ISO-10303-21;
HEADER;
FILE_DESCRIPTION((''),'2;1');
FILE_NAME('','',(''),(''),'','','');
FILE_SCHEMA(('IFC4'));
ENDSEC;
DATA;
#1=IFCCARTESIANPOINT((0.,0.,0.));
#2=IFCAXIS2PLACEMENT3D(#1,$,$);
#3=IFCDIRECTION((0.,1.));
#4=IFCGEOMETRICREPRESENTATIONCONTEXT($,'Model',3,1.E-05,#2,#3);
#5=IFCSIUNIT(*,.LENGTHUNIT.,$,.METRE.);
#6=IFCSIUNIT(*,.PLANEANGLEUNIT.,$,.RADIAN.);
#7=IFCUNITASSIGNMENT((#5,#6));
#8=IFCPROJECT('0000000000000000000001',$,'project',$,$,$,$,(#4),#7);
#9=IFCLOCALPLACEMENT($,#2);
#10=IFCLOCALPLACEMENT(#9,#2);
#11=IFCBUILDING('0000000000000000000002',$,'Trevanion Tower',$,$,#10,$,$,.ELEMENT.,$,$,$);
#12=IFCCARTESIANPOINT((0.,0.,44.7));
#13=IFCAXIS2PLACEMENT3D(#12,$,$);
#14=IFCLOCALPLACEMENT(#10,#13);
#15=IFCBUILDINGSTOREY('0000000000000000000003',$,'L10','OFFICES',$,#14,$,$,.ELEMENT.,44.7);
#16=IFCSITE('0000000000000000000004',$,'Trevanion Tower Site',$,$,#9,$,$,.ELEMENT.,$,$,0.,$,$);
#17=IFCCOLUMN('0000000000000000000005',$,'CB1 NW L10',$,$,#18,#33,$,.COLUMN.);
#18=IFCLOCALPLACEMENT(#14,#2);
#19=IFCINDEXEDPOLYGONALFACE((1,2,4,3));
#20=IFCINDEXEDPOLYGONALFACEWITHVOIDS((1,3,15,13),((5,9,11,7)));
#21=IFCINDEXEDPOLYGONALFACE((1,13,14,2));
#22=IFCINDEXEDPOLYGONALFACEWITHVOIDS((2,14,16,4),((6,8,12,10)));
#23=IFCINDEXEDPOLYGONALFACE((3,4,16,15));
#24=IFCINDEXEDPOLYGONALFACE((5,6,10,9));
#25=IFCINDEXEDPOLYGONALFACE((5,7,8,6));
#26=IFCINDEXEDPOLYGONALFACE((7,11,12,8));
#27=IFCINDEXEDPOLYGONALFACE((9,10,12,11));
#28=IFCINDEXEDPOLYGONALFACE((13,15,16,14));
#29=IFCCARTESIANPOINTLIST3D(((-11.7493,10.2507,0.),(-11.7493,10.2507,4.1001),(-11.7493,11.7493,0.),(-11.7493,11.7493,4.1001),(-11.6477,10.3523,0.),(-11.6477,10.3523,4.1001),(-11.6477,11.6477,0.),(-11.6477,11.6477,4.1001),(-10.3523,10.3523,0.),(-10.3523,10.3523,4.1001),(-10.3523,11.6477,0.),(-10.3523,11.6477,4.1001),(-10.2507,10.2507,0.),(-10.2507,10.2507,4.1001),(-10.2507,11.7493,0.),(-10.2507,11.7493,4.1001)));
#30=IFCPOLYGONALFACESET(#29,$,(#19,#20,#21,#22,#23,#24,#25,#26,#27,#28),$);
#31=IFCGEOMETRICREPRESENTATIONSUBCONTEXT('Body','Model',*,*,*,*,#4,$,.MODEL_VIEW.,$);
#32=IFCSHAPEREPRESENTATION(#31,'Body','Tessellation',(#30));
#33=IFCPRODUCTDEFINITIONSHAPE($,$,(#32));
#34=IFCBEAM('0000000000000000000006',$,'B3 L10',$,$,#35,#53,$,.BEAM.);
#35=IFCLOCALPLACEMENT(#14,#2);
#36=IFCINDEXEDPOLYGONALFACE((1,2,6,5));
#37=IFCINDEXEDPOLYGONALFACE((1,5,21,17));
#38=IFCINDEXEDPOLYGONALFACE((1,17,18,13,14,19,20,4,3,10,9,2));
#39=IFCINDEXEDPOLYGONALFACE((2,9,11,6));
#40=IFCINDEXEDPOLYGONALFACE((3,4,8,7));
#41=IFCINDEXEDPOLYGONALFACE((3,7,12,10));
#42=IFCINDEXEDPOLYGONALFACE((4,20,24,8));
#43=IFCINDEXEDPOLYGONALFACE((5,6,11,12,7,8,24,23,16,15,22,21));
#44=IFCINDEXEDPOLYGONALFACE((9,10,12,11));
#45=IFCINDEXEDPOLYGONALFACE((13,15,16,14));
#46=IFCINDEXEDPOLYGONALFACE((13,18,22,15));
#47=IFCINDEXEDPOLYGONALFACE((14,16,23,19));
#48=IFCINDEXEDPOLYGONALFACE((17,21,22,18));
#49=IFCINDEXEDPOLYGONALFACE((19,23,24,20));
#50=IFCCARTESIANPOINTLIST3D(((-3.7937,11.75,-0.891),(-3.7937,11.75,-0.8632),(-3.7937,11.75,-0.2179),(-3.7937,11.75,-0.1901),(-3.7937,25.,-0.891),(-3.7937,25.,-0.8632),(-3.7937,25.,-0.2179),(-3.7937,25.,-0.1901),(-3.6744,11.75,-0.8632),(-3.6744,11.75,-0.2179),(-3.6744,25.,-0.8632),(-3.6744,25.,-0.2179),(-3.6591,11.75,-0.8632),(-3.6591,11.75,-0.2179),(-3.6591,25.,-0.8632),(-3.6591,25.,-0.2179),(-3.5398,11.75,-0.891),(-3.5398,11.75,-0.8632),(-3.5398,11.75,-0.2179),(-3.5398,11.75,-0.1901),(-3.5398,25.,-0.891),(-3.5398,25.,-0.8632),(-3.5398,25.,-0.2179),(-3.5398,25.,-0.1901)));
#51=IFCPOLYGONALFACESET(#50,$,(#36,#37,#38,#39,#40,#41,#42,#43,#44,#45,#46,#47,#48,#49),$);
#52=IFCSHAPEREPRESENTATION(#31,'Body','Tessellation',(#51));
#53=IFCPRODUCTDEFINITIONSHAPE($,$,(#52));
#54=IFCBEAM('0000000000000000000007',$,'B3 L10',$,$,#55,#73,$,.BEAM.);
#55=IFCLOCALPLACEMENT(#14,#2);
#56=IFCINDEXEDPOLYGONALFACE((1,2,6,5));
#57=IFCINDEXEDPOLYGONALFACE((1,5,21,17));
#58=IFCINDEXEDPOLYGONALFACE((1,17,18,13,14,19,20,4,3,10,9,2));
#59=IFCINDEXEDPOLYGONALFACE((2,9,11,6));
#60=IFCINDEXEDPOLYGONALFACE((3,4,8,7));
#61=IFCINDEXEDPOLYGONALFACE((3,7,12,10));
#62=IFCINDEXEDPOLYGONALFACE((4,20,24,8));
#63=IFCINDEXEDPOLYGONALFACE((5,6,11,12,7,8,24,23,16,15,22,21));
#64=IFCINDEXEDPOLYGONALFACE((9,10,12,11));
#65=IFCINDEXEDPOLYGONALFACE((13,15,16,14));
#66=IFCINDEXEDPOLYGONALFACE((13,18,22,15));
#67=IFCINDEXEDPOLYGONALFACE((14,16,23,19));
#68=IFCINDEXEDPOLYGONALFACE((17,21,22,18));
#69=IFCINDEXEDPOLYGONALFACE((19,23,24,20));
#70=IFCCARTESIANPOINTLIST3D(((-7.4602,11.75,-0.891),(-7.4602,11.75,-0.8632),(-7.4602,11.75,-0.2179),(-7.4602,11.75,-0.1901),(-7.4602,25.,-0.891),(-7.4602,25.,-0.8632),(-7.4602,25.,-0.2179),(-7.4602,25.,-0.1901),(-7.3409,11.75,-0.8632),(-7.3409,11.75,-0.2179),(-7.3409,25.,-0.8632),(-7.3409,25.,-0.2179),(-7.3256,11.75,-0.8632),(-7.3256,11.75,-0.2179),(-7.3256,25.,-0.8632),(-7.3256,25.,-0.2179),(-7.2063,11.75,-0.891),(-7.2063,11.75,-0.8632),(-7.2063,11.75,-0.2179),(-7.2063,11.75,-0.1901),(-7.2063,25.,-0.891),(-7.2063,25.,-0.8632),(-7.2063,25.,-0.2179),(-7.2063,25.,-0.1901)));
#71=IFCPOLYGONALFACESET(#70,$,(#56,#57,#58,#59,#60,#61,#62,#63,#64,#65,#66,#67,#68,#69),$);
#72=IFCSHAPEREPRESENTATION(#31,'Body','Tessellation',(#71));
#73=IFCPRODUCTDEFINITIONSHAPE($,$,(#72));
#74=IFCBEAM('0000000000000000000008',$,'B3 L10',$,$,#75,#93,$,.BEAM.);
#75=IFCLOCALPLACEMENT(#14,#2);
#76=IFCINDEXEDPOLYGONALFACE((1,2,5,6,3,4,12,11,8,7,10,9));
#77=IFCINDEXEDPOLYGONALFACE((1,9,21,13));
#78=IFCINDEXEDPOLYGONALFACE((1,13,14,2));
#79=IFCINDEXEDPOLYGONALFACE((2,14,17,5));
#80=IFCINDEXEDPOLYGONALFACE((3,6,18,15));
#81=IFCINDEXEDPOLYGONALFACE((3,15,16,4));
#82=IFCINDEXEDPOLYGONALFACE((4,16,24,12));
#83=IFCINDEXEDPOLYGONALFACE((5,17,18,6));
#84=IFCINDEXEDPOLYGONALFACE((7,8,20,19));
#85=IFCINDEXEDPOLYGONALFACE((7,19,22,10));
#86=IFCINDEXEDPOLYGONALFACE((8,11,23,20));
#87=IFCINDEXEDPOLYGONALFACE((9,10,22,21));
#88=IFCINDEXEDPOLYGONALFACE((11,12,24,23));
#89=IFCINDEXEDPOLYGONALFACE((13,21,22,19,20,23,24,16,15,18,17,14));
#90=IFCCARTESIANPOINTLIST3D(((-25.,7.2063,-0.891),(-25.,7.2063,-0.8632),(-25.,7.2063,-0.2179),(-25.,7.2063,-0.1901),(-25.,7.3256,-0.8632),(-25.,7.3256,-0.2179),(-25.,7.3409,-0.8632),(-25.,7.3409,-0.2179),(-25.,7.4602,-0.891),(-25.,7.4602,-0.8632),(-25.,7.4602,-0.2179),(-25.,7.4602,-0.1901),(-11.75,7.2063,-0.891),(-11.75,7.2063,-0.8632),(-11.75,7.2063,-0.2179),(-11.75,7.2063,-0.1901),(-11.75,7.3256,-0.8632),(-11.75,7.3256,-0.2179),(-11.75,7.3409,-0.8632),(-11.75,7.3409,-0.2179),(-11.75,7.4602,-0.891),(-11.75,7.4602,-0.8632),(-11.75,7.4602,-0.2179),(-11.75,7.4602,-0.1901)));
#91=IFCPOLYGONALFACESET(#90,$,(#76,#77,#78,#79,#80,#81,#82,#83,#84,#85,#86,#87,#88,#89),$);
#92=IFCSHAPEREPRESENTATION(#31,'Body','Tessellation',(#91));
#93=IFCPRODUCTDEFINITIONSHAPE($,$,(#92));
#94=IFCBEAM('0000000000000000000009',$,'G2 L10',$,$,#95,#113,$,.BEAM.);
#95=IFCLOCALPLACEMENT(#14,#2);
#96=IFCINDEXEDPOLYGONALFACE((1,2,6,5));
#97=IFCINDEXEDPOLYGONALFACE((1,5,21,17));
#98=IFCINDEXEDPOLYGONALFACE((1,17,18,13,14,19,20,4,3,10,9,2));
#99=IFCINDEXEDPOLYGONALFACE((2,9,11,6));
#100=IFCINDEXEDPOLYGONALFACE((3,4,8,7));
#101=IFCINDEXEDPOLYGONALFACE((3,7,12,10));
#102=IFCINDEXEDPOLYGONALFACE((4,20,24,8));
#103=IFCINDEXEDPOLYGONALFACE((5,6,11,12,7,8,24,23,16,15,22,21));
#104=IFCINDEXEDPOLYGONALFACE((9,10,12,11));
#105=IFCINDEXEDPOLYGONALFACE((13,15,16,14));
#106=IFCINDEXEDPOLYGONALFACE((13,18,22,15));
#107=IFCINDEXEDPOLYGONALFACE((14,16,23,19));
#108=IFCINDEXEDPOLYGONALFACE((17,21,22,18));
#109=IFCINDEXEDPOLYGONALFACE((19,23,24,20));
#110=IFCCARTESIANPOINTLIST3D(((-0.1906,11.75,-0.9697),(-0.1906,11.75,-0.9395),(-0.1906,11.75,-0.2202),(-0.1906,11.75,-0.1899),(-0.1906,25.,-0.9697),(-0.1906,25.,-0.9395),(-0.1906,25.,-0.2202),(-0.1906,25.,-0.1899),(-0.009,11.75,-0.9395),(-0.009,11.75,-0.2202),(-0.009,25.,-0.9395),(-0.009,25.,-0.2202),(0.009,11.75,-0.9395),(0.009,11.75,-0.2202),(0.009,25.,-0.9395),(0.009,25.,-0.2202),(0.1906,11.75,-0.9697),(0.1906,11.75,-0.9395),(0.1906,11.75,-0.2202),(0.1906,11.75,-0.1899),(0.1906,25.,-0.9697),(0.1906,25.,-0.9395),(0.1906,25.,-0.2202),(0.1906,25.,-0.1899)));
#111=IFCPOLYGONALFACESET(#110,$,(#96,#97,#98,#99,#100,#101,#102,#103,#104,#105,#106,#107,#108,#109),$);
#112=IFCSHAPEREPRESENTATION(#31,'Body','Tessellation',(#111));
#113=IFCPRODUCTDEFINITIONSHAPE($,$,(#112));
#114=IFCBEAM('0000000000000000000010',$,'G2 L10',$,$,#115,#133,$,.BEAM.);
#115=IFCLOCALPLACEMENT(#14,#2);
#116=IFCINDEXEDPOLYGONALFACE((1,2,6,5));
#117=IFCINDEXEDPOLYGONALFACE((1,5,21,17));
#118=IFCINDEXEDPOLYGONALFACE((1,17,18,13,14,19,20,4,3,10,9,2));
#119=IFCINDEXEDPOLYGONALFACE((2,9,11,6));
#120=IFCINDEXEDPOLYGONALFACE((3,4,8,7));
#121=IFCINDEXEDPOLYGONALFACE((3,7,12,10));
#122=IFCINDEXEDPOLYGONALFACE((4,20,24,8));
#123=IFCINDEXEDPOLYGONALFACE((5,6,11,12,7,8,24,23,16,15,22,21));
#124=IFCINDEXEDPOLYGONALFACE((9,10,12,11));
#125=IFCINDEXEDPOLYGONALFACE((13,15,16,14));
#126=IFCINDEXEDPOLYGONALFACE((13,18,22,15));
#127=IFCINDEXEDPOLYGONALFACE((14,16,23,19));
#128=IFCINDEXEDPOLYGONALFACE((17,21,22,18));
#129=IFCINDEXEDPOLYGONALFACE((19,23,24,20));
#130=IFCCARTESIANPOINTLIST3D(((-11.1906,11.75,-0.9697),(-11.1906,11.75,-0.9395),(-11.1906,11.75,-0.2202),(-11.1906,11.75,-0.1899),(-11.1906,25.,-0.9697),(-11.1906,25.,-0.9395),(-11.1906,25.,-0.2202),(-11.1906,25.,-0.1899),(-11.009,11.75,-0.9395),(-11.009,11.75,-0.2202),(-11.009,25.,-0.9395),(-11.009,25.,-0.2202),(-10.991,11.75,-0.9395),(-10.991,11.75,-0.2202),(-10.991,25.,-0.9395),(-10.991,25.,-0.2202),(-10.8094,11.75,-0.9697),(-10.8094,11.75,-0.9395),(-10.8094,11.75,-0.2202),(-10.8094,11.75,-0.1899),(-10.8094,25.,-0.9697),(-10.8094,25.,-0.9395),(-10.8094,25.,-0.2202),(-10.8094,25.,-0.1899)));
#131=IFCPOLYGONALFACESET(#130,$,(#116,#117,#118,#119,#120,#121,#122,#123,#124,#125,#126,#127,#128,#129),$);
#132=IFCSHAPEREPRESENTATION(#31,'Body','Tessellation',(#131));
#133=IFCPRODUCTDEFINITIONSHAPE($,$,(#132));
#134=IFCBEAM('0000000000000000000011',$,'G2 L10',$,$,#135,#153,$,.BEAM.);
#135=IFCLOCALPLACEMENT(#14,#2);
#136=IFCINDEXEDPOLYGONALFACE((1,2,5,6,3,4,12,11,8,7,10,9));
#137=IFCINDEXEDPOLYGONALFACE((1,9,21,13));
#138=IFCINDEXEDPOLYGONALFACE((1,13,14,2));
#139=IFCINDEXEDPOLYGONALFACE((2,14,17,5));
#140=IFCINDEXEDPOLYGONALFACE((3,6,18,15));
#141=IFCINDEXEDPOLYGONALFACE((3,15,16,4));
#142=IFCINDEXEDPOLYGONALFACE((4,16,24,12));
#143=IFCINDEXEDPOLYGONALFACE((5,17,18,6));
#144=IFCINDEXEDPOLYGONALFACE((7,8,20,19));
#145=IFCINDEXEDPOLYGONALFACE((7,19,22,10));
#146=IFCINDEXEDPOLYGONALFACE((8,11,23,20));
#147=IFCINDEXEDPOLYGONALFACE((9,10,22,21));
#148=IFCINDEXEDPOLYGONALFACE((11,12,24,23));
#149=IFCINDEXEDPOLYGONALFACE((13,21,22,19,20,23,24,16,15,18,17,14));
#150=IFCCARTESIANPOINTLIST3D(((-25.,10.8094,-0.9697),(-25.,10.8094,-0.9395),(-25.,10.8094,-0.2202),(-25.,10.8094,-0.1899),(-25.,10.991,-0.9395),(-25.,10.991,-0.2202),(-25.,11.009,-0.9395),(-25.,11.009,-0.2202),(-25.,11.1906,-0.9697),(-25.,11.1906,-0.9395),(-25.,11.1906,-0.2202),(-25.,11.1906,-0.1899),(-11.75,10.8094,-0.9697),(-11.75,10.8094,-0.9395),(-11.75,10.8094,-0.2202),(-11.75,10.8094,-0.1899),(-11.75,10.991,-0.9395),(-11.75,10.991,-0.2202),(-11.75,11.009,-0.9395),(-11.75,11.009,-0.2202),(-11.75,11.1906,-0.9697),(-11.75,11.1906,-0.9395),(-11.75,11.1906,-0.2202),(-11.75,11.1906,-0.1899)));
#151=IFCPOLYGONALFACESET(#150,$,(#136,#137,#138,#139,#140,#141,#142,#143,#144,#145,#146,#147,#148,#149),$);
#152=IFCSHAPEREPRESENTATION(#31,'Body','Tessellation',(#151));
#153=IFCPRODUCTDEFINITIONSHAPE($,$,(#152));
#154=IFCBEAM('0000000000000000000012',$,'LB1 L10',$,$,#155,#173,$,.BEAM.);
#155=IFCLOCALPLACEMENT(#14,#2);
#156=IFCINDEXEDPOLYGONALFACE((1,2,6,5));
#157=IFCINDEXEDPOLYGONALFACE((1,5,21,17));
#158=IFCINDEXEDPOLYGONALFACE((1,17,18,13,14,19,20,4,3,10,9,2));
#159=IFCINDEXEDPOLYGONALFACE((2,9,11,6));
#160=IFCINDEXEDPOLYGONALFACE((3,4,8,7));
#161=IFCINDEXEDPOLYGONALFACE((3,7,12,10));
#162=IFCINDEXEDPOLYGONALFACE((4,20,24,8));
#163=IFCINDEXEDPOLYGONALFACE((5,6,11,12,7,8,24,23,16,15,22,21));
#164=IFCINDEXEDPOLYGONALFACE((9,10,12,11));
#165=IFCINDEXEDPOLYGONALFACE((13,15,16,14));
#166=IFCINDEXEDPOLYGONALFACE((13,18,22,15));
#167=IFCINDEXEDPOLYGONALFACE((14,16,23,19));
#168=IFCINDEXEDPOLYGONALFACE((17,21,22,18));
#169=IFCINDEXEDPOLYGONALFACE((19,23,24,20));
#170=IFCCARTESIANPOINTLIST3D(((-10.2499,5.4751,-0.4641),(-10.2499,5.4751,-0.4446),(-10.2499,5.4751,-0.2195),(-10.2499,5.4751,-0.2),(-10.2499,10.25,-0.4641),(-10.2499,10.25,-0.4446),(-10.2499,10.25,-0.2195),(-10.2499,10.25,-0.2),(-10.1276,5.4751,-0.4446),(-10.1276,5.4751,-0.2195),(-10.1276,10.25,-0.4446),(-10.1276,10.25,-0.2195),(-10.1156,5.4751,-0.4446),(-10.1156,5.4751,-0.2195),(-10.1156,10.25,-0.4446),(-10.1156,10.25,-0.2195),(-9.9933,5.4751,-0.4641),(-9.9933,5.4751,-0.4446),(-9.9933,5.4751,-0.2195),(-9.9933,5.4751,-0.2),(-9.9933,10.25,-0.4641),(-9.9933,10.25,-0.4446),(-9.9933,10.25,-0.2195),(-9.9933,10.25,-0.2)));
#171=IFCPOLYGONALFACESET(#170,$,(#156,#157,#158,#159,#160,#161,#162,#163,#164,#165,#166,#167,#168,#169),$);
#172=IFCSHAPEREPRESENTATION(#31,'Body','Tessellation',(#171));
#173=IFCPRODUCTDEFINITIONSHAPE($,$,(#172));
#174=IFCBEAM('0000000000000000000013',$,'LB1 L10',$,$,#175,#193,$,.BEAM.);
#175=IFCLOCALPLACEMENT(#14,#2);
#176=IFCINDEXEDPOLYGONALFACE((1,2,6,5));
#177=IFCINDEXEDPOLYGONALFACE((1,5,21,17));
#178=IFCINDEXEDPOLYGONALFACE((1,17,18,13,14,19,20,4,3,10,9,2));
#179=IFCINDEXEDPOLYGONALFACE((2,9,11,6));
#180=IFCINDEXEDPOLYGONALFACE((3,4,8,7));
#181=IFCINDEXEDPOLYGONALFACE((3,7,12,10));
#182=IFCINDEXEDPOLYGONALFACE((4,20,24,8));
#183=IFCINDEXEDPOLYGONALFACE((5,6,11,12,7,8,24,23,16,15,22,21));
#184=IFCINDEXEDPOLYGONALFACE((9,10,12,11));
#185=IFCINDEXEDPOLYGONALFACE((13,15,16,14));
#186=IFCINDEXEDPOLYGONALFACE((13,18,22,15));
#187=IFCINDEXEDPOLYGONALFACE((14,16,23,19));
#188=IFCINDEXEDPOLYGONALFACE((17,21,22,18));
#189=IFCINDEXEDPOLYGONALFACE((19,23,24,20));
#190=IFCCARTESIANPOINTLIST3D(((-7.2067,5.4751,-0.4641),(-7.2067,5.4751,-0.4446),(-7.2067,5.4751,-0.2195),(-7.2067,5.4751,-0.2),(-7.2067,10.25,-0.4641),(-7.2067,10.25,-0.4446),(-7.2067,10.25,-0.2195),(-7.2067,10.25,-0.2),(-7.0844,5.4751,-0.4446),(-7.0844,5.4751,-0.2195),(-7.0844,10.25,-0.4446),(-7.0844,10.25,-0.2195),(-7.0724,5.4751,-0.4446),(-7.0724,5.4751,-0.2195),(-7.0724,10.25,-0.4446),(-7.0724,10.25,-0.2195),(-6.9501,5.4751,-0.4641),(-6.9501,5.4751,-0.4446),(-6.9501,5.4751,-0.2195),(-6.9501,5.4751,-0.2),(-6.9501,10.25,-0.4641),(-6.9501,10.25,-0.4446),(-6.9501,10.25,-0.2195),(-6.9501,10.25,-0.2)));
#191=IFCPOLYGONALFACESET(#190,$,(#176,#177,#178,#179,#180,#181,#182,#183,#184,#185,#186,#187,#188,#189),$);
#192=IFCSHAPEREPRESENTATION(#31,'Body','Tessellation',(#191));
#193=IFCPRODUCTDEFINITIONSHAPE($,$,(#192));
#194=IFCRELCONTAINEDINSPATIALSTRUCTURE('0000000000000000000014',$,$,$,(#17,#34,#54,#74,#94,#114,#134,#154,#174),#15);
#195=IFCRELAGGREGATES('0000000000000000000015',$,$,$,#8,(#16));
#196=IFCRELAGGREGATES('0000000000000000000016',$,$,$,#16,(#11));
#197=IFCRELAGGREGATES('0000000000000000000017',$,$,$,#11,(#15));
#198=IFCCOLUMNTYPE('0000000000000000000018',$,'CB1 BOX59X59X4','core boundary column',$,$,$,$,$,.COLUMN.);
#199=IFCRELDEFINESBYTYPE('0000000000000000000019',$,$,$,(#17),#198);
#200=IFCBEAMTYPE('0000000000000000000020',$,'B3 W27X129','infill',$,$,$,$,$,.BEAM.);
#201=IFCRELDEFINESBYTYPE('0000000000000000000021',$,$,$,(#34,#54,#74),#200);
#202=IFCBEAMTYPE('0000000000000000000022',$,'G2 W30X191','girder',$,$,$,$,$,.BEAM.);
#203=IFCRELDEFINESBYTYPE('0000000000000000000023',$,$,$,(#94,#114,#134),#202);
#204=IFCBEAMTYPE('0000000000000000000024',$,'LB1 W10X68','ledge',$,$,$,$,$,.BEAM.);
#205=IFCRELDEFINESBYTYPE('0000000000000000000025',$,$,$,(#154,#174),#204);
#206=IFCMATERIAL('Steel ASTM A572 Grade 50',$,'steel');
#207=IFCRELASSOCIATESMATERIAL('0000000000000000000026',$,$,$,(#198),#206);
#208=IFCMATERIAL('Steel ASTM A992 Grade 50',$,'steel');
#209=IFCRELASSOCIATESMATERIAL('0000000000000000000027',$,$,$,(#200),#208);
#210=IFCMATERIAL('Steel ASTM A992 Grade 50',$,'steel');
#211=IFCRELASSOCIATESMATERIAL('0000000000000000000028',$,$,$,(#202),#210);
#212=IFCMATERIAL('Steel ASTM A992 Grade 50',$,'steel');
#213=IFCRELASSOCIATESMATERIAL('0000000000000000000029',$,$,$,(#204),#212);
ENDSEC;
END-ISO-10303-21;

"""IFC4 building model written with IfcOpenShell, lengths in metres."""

from ifc_helpers import new_model, si_unit, direction, frame, origin, origin_2d, place, context, subcontext, project, spatial, hollow_rectangle, i_section, extrude, material, material_profile, profile_set, type_object, element, save


model = new_model("IFC4")

# Units and contexts
model_context = context("Model", 3, precision=1e-05, world=origin(), true_north=direction((0.0, 1.0)))
body_context = subcontext(model_context, "Body", "Model", "MODEL_VIEW")
ifc_project = project(units=[si_unit("LENGTHUNIT", "METRE"), si_unit("PLANEANGLEUNIT", "RADIAN")], contexts=[model_context])

# Site, building, storey
site_placement = place(None, origin())
site = spatial("IfcSite", under=ifc_project, at=site_placement, Name="Trevanion Tower Site", CompositionType="ELEMENT", RefElevation=0.0)
building_placement = place(site_placement, origin())
building = spatial("IfcBuilding", under=site, at=building_placement, Name="Trevanion Tower", CompositionType="ELEMENT")
storey_placement = place(building_placement, frame((0.0, 0.0, 44.7)))
storey = spatial("IfcBuildingStorey", under=building, at=storey_placement, Name="L10", Description="OFFICES", CompositionType="ELEMENT", Elevation=44.7)

# Column
ifc_material_1 = material(Name="Steel ASTM A572 Grade 50", Category="steel")
ifc_material_profile_1 = material_profile(ifc_material_1, hollow_rectangle(XDim=1.4985, YDim=1.4985, WallThickness=0.1016, at=origin_2d()), Name="BOX59X59X4")
ifc_profile_set_1 = profile_set([ifc_material_profile_1], Name="Steel ASTM A572 Grade 50")
column_type = type_object("IfcColumnType", Name="CB1 BOX59X59X4", Description="core boundary column", PredefinedType="COLUMN", material=ifc_profile_set_1)
column_placement = place(storey_placement, frame((-11.0, 11.0, 0.0), z_axis=(0.0, 0.0, 1.0), x_axis=(1.0, 0.0, 0.0)))
element("IfcColumn", 1, at=column_placement, inside=storey, type_object=column_type, Name="CB1 NW L10", PredefinedType="COLUMN", context=body_context, shape_type="SweptSolid", body=[
    extrude(hollow_rectangle(XDim=1.4985, YDim=1.4985, WallThickness=0.1016, at=origin_2d()), origin(), (0.0, 0.0, 1.0), 4.1001),
])

# Beams
ifc_material_2 = material(Name="Steel ASTM A992 Grade 50", Category="steel")
ifc_material_profile_2 = material_profile(ifc_material_2, i_section(OverallWidth=0.2539, OverallDepth=0.7009, WebThickness=0.0154, FlangeThickness=0.0278, at=origin_2d()), Name="W27X129")
ifc_profile_set_2 = profile_set([ifc_material_profile_2], Name="Steel ASTM A992 Grade 50")
beam_type_1 = type_object("IfcBeamType", Name="B3 W27X129", Description="infill", PredefinedType="BEAM", material=ifc_profile_set_2)
for number, where, z_axis, x_axis, name in (
    (2, (-3.6667, 11.75, -0.5405), (0.0, 1.0, 0.0), (-1.0, 0.0, 0.0), "B3 L10"),
    (3, (-7.3333, 11.75, -0.5405), (0.0, 1.0, 0.0), (-1.0, 0.0, 0.0), "B3 L10"),
    (4, (-11.75, 7.3333, -0.5405), (-1.0, 0.0, 0.0), (0.0, -1.0, 0.0), "B3 L10"),
):
    element("IfcBeam", number, at=place(storey_placement, frame(where, z_axis=z_axis, x_axis=x_axis)), inside=storey, type_object=beam_type_1, Name=name, PredefinedType="BEAM", context=body_context, shape_type="SweptSolid", body=[
        extrude(i_section(OverallWidth=0.2539, OverallDepth=0.7009, WebThickness=0.0154, FlangeThickness=0.0278, at=origin_2d()), origin(), (0.0, 0.0, 1.0), 13.25),
    ])
ifc_material_3 = material(Name="Steel ASTM A992 Grade 50", Category="steel")
ifc_material_profile_3 = material_profile(ifc_material_3, i_section(OverallWidth=0.3811, OverallDepth=0.7798, WebThickness=0.0181, FlangeThickness=0.0303, at=origin_2d()), Name="W30X191")
ifc_profile_set_3 = profile_set([ifc_material_profile_3], Name="Steel ASTM A992 Grade 50")
beam_type_2 = type_object("IfcBeamType", Name="G2 W30X191", Description="girder", PredefinedType="BEAM", material=ifc_profile_set_3)
for number, where, z_axis, x_axis, name in (
    (5, (0.0, 11.75, -0.5798), (0.0, 1.0, 0.0), (-1.0, 0.0, 0.0), "G2 L10"),
    (6, (-11.0, 11.75, -0.5798), (0.0, 1.0, 0.0), (-1.0, 0.0, 0.0), "G2 L10"),
    (7, (-11.75, 11.0, -0.5798), (-1.0, 0.0, 0.0), (0.0, -1.0, 0.0), "G2 L10"),
):
    element("IfcBeam", number, at=place(storey_placement, frame(where, z_axis=z_axis, x_axis=x_axis)), inside=storey, type_object=beam_type_2, Name=name, PredefinedType="BEAM", context=body_context, shape_type="SweptSolid", body=[
        extrude(i_section(OverallWidth=0.3811, OverallDepth=0.7798, WebThickness=0.0181, FlangeThickness=0.0303, at=origin_2d()), origin(), (0.0, 0.0, 1.0), 13.25),
    ])
ifc_material_4 = material(Name="Steel ASTM A992 Grade 50", Category="steel")
ifc_material_profile_4 = material_profile(ifc_material_4, i_section(OverallWidth=0.2566, OverallDepth=0.2642, WebThickness=0.012, FlangeThickness=0.0195, at=origin_2d()), Name="W10X68")
ifc_profile_set_4 = profile_set([ifc_material_profile_4], Name="Steel ASTM A992 Grade 50")
beam_type_3 = type_object("IfcBeamType", Name="LB1 W10X68", Description="ledge", PredefinedType="BEAM", material=ifc_profile_set_4)
for number, where, z_axis, x_axis, name in (
    (8, (-10.1216, 5.4751, -0.332), (0.0, 1.0, 0.0), (-1.0, 0.0, 0.0), "LB1 L10"),
    (9, (-7.0784, 5.4751, -0.332), (0.0, 1.0, 0.0), (-1.0, 0.0, 0.0), "LB1 L10"),
):
    element("IfcBeam", number, at=place(storey_placement, frame(where, z_axis=z_axis, x_axis=x_axis)), inside=storey, type_object=beam_type_3, Name=name, PredefinedType="BEAM", context=body_context, shape_type="SweptSolid", body=[
        extrude(i_section(OverallWidth=0.2566, OverallDepth=0.2642, WebThickness=0.012, FlangeThickness=0.0195, at=origin_2d()), origin(), (0.0, 0.0, 1.0), 4.7749),
    ])

save(model, "model.ifc")
